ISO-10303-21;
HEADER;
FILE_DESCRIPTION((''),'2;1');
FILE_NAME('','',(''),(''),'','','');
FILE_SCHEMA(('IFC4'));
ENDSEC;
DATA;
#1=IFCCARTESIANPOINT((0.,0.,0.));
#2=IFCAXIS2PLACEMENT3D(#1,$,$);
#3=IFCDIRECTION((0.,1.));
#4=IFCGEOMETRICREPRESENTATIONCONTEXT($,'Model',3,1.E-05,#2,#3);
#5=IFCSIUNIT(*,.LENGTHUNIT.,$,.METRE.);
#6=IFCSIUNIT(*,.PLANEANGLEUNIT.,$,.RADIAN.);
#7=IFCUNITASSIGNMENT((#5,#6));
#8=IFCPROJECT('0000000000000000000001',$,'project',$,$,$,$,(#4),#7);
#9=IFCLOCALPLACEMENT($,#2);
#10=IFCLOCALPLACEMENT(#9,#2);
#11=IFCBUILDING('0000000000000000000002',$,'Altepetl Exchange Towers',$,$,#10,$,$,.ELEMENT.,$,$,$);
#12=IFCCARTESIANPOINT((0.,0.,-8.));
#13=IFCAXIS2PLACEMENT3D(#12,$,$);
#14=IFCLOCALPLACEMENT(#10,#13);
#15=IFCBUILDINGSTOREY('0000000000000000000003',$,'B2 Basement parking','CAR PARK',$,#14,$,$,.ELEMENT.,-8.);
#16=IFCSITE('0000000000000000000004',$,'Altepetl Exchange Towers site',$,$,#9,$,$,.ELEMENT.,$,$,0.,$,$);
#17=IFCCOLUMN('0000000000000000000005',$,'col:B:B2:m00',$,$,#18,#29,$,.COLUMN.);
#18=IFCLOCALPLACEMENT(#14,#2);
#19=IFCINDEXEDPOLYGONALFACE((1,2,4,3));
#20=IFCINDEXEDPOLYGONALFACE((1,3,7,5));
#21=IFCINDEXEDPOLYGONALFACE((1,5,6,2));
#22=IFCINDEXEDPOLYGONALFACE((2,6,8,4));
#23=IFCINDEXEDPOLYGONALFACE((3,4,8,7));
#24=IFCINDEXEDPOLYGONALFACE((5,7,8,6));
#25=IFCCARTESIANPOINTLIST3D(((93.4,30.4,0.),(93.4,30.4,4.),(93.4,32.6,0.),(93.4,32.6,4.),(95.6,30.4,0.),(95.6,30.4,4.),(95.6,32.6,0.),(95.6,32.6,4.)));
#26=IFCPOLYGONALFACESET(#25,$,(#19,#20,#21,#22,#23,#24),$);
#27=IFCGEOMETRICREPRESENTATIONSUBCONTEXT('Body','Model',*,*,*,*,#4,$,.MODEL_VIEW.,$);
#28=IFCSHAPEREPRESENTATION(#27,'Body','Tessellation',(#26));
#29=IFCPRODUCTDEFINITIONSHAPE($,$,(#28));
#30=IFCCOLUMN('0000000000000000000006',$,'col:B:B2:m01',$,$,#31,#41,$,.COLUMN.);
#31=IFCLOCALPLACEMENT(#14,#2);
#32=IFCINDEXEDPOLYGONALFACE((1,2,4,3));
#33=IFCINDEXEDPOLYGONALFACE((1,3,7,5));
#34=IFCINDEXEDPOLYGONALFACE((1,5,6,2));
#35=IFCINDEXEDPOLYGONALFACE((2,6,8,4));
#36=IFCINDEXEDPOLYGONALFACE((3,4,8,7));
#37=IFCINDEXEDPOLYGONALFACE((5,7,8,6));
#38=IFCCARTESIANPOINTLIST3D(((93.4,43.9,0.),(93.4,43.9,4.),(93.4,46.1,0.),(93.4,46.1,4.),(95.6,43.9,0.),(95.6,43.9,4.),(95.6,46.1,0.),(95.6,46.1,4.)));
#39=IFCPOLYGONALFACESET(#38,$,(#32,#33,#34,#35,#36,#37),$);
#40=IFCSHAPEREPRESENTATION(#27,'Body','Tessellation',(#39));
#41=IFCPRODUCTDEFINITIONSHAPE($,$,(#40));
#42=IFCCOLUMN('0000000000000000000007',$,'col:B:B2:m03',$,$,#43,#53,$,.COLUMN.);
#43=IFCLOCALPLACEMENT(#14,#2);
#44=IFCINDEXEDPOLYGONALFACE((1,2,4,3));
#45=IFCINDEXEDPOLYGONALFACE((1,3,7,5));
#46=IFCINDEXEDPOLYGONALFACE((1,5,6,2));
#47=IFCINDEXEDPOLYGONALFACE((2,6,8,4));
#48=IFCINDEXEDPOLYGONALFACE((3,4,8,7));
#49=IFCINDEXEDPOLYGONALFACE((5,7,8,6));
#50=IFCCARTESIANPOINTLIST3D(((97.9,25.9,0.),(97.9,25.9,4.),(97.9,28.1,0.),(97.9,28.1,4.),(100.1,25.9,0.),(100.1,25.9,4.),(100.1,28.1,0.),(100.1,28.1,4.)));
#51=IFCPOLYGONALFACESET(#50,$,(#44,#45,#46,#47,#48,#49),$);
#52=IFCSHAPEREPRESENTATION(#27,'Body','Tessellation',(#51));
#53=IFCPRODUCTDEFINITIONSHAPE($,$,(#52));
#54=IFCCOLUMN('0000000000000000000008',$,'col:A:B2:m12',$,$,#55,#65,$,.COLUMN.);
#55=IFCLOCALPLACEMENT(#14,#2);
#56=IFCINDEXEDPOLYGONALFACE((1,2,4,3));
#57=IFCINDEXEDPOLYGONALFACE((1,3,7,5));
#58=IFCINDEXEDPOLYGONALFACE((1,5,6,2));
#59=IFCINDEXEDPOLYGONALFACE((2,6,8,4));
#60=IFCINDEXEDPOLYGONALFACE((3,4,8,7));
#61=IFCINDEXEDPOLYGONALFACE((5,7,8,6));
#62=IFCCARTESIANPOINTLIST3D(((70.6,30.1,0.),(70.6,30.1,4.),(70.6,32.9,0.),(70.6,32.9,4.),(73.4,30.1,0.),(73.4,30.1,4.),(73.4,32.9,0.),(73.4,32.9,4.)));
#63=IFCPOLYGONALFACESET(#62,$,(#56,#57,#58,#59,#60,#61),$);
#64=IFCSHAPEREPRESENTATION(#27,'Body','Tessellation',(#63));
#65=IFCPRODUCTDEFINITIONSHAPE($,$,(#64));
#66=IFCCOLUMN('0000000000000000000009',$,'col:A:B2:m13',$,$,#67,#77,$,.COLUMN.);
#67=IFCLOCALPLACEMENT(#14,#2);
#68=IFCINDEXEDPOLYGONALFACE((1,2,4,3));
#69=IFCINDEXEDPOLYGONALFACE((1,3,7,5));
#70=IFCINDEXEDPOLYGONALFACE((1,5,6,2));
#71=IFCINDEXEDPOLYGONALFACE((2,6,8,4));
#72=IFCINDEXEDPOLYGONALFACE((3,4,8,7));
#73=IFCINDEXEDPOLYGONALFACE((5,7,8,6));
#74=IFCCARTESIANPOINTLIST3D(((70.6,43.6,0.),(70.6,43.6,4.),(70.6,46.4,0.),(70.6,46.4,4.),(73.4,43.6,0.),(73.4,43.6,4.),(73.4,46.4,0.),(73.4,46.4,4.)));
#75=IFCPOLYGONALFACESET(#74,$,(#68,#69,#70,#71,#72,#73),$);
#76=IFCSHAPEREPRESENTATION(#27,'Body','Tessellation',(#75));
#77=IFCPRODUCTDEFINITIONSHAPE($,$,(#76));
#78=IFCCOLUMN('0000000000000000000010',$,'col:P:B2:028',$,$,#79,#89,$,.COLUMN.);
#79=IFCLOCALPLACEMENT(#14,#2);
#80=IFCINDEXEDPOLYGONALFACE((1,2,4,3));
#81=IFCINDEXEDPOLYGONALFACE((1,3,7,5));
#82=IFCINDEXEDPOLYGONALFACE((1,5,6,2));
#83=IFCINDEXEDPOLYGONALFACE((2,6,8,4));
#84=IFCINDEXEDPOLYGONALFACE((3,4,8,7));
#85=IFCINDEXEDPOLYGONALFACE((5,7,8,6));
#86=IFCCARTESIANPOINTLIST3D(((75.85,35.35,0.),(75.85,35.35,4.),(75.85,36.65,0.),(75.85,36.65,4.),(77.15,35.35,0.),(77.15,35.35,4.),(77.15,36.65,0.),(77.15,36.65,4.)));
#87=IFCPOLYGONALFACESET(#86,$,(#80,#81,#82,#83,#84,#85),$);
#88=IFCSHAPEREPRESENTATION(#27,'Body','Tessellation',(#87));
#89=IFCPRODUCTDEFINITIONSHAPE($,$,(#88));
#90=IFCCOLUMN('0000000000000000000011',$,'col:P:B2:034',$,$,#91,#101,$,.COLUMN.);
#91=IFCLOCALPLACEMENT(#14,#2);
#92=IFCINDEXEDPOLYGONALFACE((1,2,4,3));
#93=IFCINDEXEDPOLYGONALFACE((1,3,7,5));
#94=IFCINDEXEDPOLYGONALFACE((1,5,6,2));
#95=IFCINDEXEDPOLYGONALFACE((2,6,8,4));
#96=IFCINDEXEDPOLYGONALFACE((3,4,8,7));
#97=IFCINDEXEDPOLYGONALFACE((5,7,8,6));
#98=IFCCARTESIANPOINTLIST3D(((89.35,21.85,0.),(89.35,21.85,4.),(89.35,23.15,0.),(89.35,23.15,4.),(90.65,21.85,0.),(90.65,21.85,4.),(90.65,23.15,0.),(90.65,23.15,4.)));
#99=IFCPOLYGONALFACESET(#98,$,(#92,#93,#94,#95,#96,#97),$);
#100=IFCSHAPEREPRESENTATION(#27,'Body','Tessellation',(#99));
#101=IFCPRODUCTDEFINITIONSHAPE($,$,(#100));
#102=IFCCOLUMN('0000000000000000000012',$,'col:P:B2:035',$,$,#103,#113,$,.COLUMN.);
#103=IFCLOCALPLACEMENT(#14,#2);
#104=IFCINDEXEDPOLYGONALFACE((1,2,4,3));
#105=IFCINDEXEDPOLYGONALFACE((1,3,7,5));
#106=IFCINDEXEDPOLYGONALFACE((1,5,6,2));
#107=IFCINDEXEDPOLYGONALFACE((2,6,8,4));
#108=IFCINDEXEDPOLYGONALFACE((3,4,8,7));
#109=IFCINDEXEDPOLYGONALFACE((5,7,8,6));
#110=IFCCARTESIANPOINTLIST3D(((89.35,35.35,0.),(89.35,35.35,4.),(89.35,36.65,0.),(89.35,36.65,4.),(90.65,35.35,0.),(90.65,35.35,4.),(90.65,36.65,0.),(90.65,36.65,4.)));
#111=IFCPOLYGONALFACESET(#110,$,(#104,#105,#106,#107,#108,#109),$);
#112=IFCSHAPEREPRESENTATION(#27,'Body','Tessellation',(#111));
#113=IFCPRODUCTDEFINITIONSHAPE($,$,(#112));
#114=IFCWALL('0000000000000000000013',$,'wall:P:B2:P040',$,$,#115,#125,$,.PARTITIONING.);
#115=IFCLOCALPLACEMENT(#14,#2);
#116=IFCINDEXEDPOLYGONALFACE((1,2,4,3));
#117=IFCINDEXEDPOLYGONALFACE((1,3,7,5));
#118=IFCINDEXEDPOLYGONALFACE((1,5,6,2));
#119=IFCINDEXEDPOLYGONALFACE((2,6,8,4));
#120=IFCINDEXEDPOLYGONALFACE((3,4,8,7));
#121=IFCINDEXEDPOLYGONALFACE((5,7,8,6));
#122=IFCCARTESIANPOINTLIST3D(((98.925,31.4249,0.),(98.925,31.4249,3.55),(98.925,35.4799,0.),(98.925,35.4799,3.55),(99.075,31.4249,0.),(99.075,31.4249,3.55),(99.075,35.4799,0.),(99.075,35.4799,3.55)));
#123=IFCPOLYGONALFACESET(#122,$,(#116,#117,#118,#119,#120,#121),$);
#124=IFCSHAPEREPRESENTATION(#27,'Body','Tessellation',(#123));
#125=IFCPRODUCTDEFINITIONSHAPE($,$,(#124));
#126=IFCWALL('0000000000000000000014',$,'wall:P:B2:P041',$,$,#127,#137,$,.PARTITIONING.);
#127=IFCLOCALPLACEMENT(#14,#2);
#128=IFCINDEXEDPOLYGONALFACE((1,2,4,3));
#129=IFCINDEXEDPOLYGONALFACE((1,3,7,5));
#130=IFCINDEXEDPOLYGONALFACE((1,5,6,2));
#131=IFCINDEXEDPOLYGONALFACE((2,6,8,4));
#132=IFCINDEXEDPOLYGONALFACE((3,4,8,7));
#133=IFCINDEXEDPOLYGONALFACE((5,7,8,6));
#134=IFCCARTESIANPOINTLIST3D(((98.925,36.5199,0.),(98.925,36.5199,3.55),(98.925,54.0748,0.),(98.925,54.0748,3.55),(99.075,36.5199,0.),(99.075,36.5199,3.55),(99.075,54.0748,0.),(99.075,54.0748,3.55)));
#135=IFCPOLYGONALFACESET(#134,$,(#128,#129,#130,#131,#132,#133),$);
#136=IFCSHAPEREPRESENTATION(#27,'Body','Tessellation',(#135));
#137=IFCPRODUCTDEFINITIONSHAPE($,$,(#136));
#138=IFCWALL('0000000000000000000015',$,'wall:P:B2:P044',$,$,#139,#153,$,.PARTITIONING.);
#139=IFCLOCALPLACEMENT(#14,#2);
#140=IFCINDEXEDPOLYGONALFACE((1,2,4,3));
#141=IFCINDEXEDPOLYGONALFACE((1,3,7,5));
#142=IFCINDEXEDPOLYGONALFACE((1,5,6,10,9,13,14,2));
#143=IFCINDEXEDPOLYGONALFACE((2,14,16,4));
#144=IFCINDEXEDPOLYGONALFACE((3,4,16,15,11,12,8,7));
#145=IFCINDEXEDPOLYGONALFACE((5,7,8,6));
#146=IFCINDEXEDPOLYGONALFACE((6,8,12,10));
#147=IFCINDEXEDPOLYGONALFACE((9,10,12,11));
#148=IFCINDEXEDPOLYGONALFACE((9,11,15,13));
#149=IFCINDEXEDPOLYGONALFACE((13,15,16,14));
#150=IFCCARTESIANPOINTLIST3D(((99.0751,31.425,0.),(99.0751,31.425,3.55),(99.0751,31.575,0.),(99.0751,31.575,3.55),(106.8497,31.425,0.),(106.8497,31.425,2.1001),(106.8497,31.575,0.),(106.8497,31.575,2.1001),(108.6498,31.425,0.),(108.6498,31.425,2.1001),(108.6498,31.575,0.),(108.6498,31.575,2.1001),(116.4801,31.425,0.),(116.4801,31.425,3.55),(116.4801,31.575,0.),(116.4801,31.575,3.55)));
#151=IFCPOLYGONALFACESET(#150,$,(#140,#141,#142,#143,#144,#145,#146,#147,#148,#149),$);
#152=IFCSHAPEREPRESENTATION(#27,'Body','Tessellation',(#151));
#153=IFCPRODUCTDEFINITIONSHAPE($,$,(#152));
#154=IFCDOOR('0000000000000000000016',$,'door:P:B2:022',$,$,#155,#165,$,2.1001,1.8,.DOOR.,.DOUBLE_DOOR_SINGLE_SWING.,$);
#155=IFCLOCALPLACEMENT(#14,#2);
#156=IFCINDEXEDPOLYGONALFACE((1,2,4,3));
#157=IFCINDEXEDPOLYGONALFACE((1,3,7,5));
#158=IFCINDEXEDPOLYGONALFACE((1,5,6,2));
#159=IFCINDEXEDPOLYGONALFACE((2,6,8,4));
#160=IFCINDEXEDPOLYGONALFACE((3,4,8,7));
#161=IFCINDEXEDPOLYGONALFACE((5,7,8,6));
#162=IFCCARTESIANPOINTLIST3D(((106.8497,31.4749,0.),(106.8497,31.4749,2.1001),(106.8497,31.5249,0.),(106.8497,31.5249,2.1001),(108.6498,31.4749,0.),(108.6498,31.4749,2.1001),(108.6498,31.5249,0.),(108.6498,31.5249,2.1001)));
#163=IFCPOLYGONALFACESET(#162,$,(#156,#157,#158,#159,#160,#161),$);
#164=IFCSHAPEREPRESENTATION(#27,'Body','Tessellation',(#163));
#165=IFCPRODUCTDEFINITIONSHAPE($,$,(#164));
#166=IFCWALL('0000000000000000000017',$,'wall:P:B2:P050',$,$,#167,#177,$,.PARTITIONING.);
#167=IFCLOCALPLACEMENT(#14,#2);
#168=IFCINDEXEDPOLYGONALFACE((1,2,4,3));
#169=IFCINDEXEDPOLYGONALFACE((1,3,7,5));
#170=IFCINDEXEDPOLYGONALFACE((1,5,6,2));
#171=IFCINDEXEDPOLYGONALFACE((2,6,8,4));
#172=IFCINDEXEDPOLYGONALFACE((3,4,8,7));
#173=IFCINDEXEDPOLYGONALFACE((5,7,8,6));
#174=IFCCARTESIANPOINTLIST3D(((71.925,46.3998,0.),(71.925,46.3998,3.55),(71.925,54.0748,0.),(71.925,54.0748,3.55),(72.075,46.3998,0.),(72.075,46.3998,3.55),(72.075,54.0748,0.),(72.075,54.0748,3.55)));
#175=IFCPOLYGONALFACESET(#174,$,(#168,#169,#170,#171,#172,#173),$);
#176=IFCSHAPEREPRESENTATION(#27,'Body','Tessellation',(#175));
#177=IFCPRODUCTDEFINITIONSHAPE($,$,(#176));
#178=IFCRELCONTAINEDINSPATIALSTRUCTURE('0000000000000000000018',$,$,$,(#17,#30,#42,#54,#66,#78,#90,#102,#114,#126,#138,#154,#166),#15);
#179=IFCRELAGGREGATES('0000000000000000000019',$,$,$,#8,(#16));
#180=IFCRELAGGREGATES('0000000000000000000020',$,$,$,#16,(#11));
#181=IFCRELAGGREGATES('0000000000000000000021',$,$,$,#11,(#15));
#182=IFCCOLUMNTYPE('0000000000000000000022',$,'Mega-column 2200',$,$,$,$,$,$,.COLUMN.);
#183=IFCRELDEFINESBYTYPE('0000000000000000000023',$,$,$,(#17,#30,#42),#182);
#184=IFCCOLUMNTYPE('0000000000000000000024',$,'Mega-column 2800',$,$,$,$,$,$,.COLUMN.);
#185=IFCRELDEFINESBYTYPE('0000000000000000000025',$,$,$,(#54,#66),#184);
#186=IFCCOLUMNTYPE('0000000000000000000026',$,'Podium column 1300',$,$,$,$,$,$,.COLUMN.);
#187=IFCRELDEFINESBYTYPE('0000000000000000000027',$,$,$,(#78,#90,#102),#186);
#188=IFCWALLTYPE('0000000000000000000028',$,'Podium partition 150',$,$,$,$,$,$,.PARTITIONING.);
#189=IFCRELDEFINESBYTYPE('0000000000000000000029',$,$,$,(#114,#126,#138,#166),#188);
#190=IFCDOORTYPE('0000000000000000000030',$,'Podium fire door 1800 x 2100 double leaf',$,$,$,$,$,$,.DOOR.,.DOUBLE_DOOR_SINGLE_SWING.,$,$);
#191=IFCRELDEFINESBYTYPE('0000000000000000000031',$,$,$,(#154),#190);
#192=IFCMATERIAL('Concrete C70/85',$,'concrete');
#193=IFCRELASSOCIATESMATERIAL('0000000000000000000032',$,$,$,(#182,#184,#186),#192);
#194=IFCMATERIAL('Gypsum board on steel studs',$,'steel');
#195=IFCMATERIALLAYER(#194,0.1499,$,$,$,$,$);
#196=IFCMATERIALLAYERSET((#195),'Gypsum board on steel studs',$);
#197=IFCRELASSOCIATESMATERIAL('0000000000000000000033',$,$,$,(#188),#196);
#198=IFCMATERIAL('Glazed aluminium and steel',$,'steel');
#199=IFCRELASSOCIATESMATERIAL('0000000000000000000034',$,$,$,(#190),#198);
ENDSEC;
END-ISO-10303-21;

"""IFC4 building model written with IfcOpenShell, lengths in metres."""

from ifc_helpers import new_model, si_unit, direction, frame, frame_2d, origin, origin_2d, place, context, subcontext, project, spatial, rectangle, extrude, material, layer, layer_set, material_profile, profile_set, type_object, element, fill, save


model = new_model("IFC4")

# Units and contexts
model_context = context("Model", 3, precision=1e-05, world=origin(), true_north=direction((0.0, 1.0)))
body_context = subcontext(model_context, "Body", "Model", "MODEL_VIEW")
ifc_project = project(units=[si_unit("LENGTHUNIT", "METRE"), si_unit("PLANEANGLEUNIT", "RADIAN")], contexts=[model_context])

# Site, building, storey
site_placement = place(None, origin())
site = spatial("IfcSite", under=ifc_project, at=site_placement, Name="Altepetl Exchange Towers site", CompositionType="ELEMENT", RefElevation=0.0)
building_placement = place(site_placement, origin())
building = spatial("IfcBuilding", under=site, at=building_placement, Name="Altepetl Exchange Towers", CompositionType="ELEMENT")
storey_placement = place(building_placement, frame((0.0, 0.0, -8.0)))
storey = spatial("IfcBuildingStorey", under=building, at=storey_placement, Name="B2 Basement parking", Description="CAR PARK", CompositionType="ELEMENT", Elevation=-8.0)

# Columns
ifc_material_1 = material(Name="Concrete C70/85", Category="concrete")
ifc_material_profile_1 = material_profile(ifc_material_1, rectangle(XDim=2.2, YDim=2.2, at=origin_2d()), Name="2200 x 2200")
ifc_profile_set_1 = profile_set([ifc_material_profile_1], Name="Concrete C70/85")
column_type_1 = type_object("IfcColumnType", Name="Mega-column 2200", PredefinedType="COLUMN", material=ifc_profile_set_1)
for number, where, name in (
    (1, (94.5, 31.5, 0.0), "col:B:B2:m00"),
    (2, (94.5, 45.0, 0.0), "col:B:B2:m01"),
    (3, (99.0, 27.0, 0.0), "col:B:B2:m03"),
):
    element("IfcColumn", number, at=place(storey_placement, frame(where)), inside=storey, type_object=column_type_1, Name=name, PredefinedType="COLUMN", context=body_context, shape_type="SweptSolid", body=[
        extrude(rectangle(XDim=2.2, YDim=2.2, at=origin_2d()), origin(), (0.0, 0.0, 1.0), 4.0),
    ])
ifc_material_profile_2 = material_profile(ifc_material_1, rectangle(XDim=2.8, YDim=2.8, at=origin_2d()), Name="2800 x 2800")
ifc_profile_set_2 = profile_set([ifc_material_profile_2], Name="Concrete C70/85")
column_type_2 = type_object("IfcColumnType", Name="Mega-column 2800", PredefinedType="COLUMN", material=ifc_profile_set_2)
for number, where, name in (
    (4, (72.0, 31.5, 0.0), "col:A:B2:m12"),
    (5, (72.0, 45.0, 0.0), "col:A:B2:m13"),
):
    element("IfcColumn", number, at=place(storey_placement, frame(where)), inside=storey, type_object=column_type_2, Name=name, PredefinedType="COLUMN", context=body_context, shape_type="SweptSolid", body=[
        extrude(rectangle(XDim=2.8, YDim=2.8, at=origin_2d()), origin(), (0.0, 0.0, 1.0), 4.0),
    ])
ifc_material_profile_3 = material_profile(ifc_material_1, rectangle(XDim=1.3, YDim=1.3, at=origin_2d()), Name="1300 x 1300")
ifc_profile_set_3 = profile_set([ifc_material_profile_3], Name="Concrete C70/85")
column_type_3 = type_object("IfcColumnType", Name="Podium column 1300", PredefinedType="COLUMN", material=ifc_profile_set_3)
for number, where, name in (
    (6, (76.5, 36.0, 0.0), "col:P:B2:028"),
    (7, (90.0, 22.5, 0.0), "col:P:B2:034"),
    (8, (90.0, 36.0, 0.0), "col:P:B2:035"),
):
    element("IfcColumn", number, at=place(storey_placement, frame(where)), inside=storey, type_object=column_type_3, Name=name, PredefinedType="COLUMN", context=body_context, shape_type="SweptSolid", body=[
        extrude(rectangle(XDim=1.3, YDim=1.3, at=origin_2d()), origin(), (0.0, 0.0, 1.0), 4.0),
    ])

# Walls
ifc_material_2 = material(Name="Gypsum board on steel studs", Category="steel")
ifc_layer = layer(ifc_material_2, 0.1499)
ifc_layer_set = layer_set([ifc_layer], Name="Gypsum board on steel studs")
wall_type = type_object("IfcWallType", Name="Podium partition 150", PredefinedType="PARTITIONING", material=ifc_layer_set)
wall_1_placement = place(storey_placement, frame((99.0, 31.425, 0.0), z_axis=(0.0, 0.0, 1.0), x_axis=(0.0, 1.0, 0.0)))
element("IfcWall", 9, at=wall_1_placement, inside=storey, type_object=wall_type, Name="wall:P:B2:P040", PredefinedType="PARTITIONING", context=body_context, shape_type="SweptSolid", body=[
    extrude(rectangle(XDim=4.0549, YDim=0.1499, at=frame_2d((2.0273, 0.0))), origin(), (0.0, 0.0, 1.0), 3.55),
])
wall_2_placement = place(storey_placement, frame((99.0, 36.52, 0.0), z_axis=(0.0, 0.0, 1.0), x_axis=(0.0, 1.0, 0.0)))
element("IfcWall", 10, at=wall_2_placement, inside=storey, type_object=wall_type, Name="wall:P:B2:P041", PredefinedType="PARTITIONING", context=body_context, shape_type="SweptSolid", body=[
    extrude(rectangle(XDim=17.5549, YDim=0.1499, at=frame_2d((8.7773, 0.0))), origin(), (0.0, 0.0, 1.0), 3.55),
])

# Wall, opening, door
wall_3_placement = place(storey_placement, frame((99.075, 31.5, 0.0)))
wall_3 = element("IfcWall", 11, at=wall_3_placement, inside=storey, type_object=wall_type, Name="wall:P:B2:P044", PredefinedType="PARTITIONING", context=body_context, shape_type="SweptSolid", body=[
    extrude(rectangle(XDim=17.405, YDim=0.1499, at=frame_2d((8.7026, 0.0))), origin(), (0.0, 0.0, 1.0), 3.55),
])
opening_placement = place(wall_3_placement, frame((7.7749, 0.0, 0.0)))
opening = element("IfcOpeningElement", 12, at=opening_placement, cuts=wall_3, PredefinedType="OPENING", context=body_context, shape_type="SweptSolid", body=[
    extrude(rectangle(XDim=1.8, YDim=2.1001, at=frame_2d((0.8999, 1.05))), frame((0.0, 0.085, 0.0), z_axis=(0.0, -1.0, 0.0), x_axis=(1.0, 0.0, 0.0)), (0.0, 0.0, 1.0), 0.1699),
])
ifc_material_3 = material(Name="Glazed aluminium and steel", Category="steel")
door_type = type_object("IfcDoorType", Name="Podium fire door 1800 x 2100 double leaf", OperationType="DOUBLE_DOOR_SINGLE_SWING", PredefinedType="DOOR", material=ifc_material_3)
door_placement = place(opening_placement, origin())
door = element("IfcDoor", 13, at=door_placement, inside=storey, type_object=door_type, Name="door:P:B2:022", OperationType="DOUBLE_DOOR_SINGLE_SWING", OverallHeight=2.1001, OverallWidth=1.8, PredefinedType="DOOR", context=body_context, shape_type="SweptSolid", body=[
    extrude(rectangle(XDim=1.8, YDim=2.1001, at=frame_2d((0.8999, 1.05))), frame((0.0, 0.0249, 0.0), z_axis=(0.0, -1.0, 0.0), x_axis=(1.0, 0.0, 0.0)), (0.0, 0.0, 1.0), 0.05),
])
fill(opening, door)

# Wall
wall_4_placement = place(storey_placement, frame((72.0, 46.3999, 0.0), z_axis=(0.0, 0.0, 1.0), x_axis=(0.0, 1.0, 0.0)))
element("IfcWall", 14, at=wall_4_placement, inside=storey, type_object=wall_type, Name="wall:P:B2:P050", PredefinedType="PARTITIONING", context=body_context, shape_type="SweptSolid", body=[
    extrude(rectangle(XDim=7.675, YDim=0.1499, at=frame_2d((3.8374, 0.0))), origin(), (0.0, 0.0, 1.0), 3.55),
])

save(model, "model.ifc")
